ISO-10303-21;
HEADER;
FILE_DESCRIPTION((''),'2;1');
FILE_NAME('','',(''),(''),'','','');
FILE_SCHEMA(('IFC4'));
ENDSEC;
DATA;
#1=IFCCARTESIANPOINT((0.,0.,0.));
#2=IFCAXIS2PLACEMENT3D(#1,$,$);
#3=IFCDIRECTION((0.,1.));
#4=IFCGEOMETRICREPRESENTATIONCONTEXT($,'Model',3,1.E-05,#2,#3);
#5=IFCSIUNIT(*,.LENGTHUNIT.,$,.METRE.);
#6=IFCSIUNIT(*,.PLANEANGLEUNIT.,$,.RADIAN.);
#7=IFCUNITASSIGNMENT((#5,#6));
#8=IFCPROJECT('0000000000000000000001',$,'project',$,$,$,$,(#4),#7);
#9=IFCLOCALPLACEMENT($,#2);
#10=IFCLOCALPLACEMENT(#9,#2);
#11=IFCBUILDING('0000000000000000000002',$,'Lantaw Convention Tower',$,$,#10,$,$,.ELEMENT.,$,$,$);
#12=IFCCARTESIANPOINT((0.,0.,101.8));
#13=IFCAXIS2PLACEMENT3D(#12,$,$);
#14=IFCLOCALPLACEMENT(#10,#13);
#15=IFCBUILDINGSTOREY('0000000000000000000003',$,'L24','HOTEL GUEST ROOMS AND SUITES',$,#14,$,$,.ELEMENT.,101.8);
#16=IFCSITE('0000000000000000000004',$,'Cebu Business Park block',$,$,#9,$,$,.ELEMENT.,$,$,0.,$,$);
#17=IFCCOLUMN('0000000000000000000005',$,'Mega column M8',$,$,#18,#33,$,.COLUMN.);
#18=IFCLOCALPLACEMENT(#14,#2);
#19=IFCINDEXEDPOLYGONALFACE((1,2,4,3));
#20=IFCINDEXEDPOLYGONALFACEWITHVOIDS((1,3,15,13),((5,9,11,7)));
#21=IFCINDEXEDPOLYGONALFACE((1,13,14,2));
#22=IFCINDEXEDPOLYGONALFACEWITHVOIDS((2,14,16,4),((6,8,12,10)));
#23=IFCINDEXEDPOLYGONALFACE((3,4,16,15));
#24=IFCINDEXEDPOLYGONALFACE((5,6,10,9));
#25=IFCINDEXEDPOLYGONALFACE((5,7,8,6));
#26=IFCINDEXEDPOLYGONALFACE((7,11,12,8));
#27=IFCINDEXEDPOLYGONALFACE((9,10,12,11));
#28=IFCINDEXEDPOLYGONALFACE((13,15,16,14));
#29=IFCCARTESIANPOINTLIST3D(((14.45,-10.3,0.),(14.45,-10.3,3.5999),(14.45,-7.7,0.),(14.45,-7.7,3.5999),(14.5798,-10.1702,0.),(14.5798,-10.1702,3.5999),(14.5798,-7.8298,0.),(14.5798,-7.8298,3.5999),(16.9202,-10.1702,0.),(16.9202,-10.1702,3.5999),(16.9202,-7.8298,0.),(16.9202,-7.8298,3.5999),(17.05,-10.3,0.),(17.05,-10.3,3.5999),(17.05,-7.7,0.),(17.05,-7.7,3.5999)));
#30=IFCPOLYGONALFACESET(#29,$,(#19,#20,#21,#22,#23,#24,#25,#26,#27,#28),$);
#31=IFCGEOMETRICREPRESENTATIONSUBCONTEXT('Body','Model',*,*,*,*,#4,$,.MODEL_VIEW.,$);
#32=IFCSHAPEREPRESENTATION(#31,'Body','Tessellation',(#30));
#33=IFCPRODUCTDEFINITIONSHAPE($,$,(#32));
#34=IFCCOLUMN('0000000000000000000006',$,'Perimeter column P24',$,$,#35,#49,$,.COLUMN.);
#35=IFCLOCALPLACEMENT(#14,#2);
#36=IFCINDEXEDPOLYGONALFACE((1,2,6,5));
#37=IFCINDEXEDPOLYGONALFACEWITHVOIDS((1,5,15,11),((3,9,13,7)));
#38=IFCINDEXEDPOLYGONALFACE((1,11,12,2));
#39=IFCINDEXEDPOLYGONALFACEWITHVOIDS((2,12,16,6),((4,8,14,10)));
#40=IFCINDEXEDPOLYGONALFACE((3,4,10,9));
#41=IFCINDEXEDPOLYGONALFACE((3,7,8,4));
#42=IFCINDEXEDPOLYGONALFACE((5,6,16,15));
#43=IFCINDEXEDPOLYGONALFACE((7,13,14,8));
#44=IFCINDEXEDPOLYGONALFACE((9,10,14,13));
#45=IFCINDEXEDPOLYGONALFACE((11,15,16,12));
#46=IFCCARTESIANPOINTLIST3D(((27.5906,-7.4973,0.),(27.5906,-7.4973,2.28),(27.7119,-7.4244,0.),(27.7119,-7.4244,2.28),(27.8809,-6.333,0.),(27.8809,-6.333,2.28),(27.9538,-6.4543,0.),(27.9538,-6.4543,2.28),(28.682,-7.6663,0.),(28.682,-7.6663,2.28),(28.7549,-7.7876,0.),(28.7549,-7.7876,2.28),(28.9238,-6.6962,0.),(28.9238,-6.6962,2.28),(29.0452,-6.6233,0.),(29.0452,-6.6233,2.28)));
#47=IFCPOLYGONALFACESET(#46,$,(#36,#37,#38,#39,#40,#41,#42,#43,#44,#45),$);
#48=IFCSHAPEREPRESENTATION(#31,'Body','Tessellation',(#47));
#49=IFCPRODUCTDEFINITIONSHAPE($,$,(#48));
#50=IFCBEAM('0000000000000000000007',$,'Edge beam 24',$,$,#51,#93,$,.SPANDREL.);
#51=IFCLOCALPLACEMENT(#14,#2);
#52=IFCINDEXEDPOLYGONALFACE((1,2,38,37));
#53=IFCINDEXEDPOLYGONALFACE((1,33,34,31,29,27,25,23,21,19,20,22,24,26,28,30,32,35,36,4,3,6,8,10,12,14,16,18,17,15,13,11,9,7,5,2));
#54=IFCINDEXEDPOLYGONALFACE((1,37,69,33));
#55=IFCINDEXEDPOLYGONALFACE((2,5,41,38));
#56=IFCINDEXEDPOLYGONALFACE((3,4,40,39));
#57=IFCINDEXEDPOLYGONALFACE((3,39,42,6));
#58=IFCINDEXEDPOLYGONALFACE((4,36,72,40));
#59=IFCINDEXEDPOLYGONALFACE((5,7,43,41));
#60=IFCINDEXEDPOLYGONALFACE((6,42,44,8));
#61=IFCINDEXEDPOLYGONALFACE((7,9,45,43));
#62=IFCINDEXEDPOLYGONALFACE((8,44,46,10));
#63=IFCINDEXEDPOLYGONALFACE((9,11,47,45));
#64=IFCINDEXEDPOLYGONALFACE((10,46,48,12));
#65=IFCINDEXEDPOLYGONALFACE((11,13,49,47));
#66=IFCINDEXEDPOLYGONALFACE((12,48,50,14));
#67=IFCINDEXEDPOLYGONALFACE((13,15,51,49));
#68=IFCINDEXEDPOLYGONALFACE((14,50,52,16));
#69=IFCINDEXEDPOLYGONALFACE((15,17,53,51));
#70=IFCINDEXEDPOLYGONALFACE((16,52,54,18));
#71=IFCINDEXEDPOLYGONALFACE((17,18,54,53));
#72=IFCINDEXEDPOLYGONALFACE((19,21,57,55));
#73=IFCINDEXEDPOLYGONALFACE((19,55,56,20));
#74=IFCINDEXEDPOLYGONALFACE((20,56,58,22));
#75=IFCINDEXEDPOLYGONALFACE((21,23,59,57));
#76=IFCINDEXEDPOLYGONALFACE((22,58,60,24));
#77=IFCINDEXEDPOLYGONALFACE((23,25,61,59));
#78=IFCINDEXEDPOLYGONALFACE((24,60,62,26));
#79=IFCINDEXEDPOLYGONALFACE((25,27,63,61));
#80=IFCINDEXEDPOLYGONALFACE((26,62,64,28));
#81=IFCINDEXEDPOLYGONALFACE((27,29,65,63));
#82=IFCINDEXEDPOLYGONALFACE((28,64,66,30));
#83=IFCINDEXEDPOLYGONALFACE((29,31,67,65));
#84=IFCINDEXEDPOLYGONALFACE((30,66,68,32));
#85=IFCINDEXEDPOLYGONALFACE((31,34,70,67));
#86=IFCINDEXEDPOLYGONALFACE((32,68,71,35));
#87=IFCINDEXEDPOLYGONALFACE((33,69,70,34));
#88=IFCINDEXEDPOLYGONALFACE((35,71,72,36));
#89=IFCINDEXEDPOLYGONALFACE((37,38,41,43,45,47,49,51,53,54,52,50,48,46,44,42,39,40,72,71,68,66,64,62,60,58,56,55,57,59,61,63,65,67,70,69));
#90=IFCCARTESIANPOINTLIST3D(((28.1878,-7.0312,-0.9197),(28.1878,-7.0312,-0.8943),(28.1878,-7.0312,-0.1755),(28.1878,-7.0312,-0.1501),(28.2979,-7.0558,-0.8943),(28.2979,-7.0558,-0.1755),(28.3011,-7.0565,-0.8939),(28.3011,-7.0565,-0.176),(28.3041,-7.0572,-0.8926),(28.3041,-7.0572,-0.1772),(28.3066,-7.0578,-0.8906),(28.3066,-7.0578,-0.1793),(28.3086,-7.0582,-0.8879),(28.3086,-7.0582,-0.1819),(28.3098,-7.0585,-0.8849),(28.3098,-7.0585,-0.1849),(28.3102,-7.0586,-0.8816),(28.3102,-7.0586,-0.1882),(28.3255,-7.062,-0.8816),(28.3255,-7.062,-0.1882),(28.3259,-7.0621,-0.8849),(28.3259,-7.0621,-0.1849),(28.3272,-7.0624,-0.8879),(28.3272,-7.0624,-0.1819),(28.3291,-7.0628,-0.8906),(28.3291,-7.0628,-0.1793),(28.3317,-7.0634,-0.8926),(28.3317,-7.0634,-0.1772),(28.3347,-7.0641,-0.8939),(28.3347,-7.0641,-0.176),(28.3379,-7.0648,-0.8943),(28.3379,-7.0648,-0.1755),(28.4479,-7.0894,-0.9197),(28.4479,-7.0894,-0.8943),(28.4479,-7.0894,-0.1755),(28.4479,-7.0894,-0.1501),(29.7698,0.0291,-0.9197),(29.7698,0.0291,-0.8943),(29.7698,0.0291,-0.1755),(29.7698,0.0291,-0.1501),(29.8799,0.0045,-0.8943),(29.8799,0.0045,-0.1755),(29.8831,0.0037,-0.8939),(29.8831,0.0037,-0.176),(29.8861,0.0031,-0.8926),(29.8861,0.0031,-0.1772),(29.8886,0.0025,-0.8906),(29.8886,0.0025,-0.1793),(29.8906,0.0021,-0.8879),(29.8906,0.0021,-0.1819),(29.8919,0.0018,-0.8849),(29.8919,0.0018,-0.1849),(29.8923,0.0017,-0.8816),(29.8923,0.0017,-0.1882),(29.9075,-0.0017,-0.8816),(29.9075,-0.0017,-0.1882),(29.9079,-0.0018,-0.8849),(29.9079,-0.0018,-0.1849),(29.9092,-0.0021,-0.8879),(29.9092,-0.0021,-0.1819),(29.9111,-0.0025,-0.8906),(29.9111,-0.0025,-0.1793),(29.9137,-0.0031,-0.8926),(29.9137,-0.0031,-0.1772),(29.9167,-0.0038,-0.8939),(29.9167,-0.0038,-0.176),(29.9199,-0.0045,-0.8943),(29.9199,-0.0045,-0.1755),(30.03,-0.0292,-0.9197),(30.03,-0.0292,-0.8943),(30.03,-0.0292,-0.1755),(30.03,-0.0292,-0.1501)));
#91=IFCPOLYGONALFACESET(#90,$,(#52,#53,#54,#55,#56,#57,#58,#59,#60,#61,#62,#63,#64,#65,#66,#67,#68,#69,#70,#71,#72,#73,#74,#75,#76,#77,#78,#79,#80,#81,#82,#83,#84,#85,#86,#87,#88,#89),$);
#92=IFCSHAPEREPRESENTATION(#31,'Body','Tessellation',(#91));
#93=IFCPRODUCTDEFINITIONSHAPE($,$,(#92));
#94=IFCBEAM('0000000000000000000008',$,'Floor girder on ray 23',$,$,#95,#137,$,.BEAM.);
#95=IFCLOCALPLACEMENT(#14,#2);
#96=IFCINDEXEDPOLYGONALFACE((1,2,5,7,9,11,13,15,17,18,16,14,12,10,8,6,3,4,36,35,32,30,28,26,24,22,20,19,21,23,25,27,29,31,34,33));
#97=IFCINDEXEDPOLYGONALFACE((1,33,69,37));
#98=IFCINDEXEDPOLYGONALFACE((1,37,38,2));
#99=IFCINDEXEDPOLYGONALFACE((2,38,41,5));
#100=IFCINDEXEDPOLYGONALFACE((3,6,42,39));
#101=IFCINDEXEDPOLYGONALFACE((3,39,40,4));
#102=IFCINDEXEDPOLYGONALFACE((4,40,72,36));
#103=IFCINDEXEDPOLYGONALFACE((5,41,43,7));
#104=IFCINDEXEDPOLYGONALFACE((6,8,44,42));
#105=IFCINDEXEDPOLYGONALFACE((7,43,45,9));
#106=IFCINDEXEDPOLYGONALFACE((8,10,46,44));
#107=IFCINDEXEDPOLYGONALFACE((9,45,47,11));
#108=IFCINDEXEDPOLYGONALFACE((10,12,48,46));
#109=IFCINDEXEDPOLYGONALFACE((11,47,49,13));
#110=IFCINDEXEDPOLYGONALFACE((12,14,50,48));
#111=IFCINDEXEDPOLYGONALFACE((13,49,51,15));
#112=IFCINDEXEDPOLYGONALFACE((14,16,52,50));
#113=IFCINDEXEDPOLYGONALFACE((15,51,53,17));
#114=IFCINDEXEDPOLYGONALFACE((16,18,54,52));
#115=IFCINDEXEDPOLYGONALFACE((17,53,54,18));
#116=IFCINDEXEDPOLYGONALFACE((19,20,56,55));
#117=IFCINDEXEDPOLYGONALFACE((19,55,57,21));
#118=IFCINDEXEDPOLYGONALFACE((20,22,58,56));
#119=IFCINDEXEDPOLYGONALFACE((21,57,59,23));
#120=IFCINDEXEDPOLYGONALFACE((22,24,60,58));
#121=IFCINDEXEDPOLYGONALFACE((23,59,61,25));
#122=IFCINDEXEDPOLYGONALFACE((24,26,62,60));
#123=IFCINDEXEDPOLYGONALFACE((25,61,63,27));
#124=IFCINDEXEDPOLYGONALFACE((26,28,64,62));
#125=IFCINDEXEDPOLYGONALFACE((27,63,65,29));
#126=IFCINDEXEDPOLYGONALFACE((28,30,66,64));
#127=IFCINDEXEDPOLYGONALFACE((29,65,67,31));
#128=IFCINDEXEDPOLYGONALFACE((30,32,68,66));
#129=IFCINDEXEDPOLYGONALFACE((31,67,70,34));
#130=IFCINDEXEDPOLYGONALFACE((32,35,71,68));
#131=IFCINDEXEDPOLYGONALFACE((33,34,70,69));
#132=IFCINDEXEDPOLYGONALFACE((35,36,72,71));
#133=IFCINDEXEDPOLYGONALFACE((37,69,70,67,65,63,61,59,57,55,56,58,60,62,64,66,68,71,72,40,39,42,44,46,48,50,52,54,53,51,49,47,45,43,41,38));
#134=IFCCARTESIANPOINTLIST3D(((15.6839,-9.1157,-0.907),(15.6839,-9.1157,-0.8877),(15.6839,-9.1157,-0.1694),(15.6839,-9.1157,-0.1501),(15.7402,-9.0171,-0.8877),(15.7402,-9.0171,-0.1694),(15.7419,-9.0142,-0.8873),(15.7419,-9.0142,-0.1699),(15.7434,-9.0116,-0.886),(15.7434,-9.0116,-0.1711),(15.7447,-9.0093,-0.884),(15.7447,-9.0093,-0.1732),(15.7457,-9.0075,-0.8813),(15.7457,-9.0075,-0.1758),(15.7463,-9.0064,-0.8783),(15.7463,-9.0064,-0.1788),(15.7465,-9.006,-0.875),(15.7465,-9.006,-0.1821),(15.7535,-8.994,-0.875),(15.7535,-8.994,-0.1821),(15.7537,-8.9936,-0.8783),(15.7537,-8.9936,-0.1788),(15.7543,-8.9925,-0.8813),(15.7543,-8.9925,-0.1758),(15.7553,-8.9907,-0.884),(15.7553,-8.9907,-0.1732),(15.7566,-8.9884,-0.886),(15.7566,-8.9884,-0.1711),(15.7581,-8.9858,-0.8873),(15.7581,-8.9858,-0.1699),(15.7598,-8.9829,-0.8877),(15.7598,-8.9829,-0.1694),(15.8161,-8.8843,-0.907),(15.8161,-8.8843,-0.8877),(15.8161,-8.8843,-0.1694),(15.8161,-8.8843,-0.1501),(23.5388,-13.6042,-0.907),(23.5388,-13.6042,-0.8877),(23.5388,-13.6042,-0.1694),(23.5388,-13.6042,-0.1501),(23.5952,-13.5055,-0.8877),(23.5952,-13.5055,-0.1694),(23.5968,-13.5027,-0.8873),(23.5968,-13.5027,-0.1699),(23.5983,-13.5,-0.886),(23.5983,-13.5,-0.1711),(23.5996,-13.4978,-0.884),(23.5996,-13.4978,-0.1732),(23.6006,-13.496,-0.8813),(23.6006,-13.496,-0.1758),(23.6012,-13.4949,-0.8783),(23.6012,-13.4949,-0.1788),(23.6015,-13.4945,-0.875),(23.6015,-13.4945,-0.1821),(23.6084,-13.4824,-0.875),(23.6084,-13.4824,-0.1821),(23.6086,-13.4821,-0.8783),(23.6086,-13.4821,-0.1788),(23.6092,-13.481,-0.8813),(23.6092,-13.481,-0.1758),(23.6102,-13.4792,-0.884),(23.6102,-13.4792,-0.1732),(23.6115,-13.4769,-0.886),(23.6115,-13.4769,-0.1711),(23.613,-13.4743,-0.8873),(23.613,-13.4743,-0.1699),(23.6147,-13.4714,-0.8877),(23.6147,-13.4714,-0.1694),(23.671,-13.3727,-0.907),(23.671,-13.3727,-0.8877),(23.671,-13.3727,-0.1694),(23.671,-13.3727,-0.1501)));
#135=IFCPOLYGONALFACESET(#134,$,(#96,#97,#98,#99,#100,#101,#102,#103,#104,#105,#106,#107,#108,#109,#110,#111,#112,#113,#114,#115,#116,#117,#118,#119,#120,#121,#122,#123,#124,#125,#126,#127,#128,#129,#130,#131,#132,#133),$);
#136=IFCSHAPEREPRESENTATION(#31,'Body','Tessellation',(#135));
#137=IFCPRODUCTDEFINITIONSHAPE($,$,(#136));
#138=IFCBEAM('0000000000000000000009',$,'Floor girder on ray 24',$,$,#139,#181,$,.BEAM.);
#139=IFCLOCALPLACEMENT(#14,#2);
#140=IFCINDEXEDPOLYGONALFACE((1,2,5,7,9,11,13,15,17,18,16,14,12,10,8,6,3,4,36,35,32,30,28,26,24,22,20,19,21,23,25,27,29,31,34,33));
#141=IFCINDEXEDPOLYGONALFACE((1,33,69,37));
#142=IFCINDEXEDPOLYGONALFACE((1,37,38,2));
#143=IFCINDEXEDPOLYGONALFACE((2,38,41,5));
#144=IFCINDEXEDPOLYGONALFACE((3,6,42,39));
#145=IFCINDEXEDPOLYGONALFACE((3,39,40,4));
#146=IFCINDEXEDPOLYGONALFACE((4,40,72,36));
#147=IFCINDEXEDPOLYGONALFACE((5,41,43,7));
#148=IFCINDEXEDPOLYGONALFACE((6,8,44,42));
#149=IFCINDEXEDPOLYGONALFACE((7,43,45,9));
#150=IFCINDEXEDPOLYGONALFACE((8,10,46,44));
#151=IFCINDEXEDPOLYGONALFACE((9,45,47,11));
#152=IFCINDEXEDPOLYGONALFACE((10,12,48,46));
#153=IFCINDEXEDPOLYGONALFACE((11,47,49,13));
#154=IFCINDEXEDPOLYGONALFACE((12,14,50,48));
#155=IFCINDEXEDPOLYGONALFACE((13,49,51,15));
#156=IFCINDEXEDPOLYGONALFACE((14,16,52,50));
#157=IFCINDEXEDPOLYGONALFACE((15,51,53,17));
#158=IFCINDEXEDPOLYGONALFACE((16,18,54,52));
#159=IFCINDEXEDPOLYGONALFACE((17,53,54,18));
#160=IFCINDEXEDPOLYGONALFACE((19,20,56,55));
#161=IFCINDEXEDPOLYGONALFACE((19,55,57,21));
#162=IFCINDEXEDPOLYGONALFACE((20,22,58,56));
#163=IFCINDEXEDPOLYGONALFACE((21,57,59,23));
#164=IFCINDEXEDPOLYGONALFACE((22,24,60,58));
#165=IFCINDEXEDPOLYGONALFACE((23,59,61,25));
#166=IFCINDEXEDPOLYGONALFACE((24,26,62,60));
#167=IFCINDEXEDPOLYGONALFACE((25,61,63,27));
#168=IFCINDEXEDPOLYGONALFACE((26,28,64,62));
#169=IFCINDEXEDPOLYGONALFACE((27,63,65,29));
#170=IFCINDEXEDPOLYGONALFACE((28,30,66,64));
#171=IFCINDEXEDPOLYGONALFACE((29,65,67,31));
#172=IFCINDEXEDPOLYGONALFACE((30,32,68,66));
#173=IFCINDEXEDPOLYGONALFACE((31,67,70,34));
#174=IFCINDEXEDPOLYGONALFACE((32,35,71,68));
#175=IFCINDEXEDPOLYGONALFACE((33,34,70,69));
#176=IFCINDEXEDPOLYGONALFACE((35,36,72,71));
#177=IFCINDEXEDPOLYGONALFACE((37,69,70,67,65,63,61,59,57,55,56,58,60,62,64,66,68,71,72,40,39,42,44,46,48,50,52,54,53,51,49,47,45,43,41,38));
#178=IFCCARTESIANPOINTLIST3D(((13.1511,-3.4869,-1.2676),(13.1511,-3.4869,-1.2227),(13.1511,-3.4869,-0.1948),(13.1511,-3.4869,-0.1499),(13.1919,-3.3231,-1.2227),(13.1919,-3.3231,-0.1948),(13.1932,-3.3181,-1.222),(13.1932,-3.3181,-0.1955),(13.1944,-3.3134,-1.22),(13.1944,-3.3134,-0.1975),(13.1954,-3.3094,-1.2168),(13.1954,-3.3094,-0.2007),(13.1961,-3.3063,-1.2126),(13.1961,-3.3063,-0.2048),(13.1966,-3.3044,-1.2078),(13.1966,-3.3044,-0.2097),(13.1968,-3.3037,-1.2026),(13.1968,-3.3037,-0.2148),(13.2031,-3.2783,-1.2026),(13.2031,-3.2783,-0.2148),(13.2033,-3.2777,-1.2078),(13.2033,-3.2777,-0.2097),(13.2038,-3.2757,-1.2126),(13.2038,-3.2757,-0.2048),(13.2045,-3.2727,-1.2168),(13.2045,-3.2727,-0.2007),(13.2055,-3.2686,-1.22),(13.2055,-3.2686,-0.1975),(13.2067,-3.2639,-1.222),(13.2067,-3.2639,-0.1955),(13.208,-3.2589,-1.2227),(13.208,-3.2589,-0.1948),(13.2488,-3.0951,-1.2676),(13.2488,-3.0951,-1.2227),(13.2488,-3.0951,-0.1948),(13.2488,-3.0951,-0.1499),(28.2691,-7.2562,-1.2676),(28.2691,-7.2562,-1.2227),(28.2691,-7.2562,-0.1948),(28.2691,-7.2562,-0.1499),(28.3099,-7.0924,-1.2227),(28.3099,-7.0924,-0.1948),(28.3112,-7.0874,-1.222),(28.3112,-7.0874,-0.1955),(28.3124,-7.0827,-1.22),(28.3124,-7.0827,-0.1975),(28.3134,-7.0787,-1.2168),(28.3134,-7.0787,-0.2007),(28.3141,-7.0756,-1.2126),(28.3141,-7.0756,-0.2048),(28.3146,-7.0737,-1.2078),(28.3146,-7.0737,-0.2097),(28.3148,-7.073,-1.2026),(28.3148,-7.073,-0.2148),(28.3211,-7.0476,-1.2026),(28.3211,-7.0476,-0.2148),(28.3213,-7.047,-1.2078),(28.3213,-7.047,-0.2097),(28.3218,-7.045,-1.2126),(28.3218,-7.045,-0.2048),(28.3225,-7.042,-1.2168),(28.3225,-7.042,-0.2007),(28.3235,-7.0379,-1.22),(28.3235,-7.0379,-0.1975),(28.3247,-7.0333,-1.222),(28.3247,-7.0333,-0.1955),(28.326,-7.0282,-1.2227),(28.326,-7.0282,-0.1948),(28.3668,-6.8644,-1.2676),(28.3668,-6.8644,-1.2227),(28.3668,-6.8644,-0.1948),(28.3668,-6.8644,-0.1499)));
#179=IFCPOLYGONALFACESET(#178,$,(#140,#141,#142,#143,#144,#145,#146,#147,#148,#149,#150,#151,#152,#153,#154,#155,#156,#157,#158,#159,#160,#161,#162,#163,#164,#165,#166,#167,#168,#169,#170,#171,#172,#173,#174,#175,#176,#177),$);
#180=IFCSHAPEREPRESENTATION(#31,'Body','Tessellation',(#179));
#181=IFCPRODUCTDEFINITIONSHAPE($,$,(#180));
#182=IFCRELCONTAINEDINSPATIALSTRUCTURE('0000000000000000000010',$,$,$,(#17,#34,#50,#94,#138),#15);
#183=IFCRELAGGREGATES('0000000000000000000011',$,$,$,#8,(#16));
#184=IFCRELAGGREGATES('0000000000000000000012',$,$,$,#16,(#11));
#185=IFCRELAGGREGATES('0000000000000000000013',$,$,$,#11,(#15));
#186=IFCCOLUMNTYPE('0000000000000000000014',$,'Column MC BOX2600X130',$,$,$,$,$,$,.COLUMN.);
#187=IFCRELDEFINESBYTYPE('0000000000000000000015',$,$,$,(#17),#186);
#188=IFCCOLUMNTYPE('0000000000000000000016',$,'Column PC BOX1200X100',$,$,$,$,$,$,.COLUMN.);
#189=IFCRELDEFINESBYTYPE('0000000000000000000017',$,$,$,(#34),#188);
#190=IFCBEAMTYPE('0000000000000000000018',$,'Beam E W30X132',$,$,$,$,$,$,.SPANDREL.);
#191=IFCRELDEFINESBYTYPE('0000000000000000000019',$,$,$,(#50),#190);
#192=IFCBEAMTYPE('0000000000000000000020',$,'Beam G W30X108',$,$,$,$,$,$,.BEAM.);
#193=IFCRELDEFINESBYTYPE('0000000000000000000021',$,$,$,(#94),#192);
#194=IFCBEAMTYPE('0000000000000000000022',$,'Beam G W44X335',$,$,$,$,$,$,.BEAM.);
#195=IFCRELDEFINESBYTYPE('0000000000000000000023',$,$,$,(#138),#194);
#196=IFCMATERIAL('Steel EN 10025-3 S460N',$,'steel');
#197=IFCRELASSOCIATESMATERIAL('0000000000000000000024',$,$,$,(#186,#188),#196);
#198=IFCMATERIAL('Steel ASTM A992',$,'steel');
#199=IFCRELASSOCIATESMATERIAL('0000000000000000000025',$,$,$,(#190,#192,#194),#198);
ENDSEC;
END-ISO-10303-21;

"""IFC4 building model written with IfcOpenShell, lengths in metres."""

from ifc_helpers import new_model, si_unit, direction, frame, origin, origin_2d, place, context, subcontext, project, spatial, rectangle, hollow_rectangle, i_section, extrude, material, material_profile, profile_set, type_object, element, save


model = new_model("IFC4")

# Units and contexts
model_context = context("Model", 3, precision=1e-05, world=origin(), true_north=direction((0.0, 1.0)))
body_context = subcontext(model_context, "Body", "Model", "MODEL_VIEW")
ifc_project = project(units=[si_unit("LENGTHUNIT", "METRE"), si_unit("PLANEANGLEUNIT", "RADIAN")], contexts=[model_context])

# Site, building, storey
site_placement = place(None, origin())
site = spatial("IfcSite", under=ifc_project, at=site_placement, Name="Cebu Business Park block", CompositionType="ELEMENT", RefElevation=0.0)
building_placement = place(site_placement, origin())
building = spatial("IfcBuilding", under=site, at=building_placement, Name="Lantaw Convention Tower", CompositionType="ELEMENT")
storey_placement = place(building_placement, frame((0.0, 0.0, 101.8)))
storey = spatial("IfcBuildingStorey", under=building, at=storey_placement, Name="L24", Description="HOTEL GUEST ROOMS AND SUITES", CompositionType="ELEMENT", Elevation=101.8)

# Columns
ifc_material_1 = material(Name="Steel EN 10025-3 S460N", Category="steel")
ifc_material_profile_1 = material_profile(ifc_material_1, hollow_rectangle(XDim=2.6001, YDim=2.6001, WallThickness=0.1299, at=origin_2d()), Name="BOX2600X130")
ifc_material_2 = material(Name="Concrete C60/75", Category="concrete")
ifc_material_profile_2 = material_profile(ifc_material_2, rectangle(XDim=2.3401, YDim=2.3401, at=origin_2d()), Name="Concrete fill of BOX2600X130")
ifc_profile_set_1 = profile_set([ifc_material_profile_1, ifc_material_profile_2], Name="Steel EN 10025-3 S460N")
column_type_1 = type_object("IfcColumnType", Name="Column MC BOX2600X130", PredefinedType="COLUMN", material=ifc_profile_set_1)
column_1_placement = place(storey_placement, frame((15.75, -9.0, 0.0), z_axis=(0.0, 0.0, 1.0), x_axis=(1.0, 0.0, 0.0)))
element("IfcColumn", 1, at=column_1_placement, inside=storey, type_object=column_type_1, Name="Mega column M8", PredefinedType="COLUMN", context=body_context, shape_type="SweptSolid", body=[
    extrude(hollow_rectangle(XDim=2.6001, YDim=2.6001, WallThickness=0.1299, at=origin_2d()), origin(), (0.0, 0.0, 1.0), 3.5999),
])
ifc_material_profile_3 = material_profile(ifc_material_1, hollow_rectangle(XDim=1.2, YDim=1.2, WallThickness=0.1001, at=origin_2d()), Name="BOX1200X100")
ifc_material_profile_4 = material_profile(ifc_material_2, rectangle(XDim=1.0, YDim=1.0, at=origin_2d()), Name="Concrete fill of BOX1200X100")
ifc_profile_set_2 = profile_set([ifc_material_profile_3, ifc_material_profile_4], Name="Steel EN 10025-3 S460N")
column_type_2 = type_object("IfcColumnType", Name="Column PC BOX1200X100", PredefinedType="COLUMN", material=ifc_profile_set_2)
column_2_placement = place(storey_placement, frame((28.3179, -7.0603, 0.0), z_axis=(0.0, 0.0, 1.0), x_axis=(0.241922, 0.970296, 0.0)))
element("IfcColumn", 2, at=column_2_placement, inside=storey, type_object=column_type_2, Name="Perimeter column P24", PredefinedType="COLUMN", context=body_context, shape_type="SweptSolid", body=[
    extrude(hollow_rectangle(XDim=1.2, YDim=1.2, WallThickness=0.1001, at=origin_2d()), origin(), (0.0, 0.0, 1.0), 2.28),
])

# Beams
ifc_material_3 = material(Name="Steel ASTM A992", Category="steel")
ifc_material_profile_5 = material_profile(ifc_material_3, i_section(OverallWidth=0.2666, OverallDepth=0.7695, WebThickness=0.0156, FlangeThickness=0.0254, FilletRadius=0.0127, at=origin_2d()), Name="W30X132")
ifc_profile_set_3 = profile_set([ifc_material_profile_5], Name="Steel ASTM A992")
beam_type_1 = type_object("IfcBeamType", Name="Beam E W30X132", PredefinedType="SPANDREL", material=ifc_profile_set_3)
beam_1_placement = place(storey_placement, frame((28.3179, -7.0603, -0.5349), z_axis=(0.218652, 0.975803, 0.0), x_axis=(-0.975803, 0.218652, 0.0)))
element("IfcBeam", 3, at=beam_1_placement, inside=storey, type_object=beam_type_1, Name="Edge beam 24", PredefinedType="SPANDREL", context=body_context, shape_type="SweptSolid", body=[
    extrude(i_section(OverallWidth=0.2666, OverallDepth=0.7695, WebThickness=0.0156, FlangeThickness=0.0254, FilletRadius=0.0127, at=origin_2d()), origin(), (0.0, 0.0, 1.0), 7.2354),
])
ifc_material_profile_6 = material_profile(ifc_material_3, i_section(OverallWidth=0.2666, OverallDepth=0.7568, WebThickness=0.0139, FlangeThickness=0.0193, FilletRadius=0.0127, at=origin_2d()), Name="W30X108")
ifc_profile_set_4 = profile_set([ifc_material_profile_6], Name="Steel ASTM A992")
beam_type_2 = type_object("IfcBeamType", Name="Beam G W30X108", PredefinedType="BEAM", material=ifc_profile_set_4)
beam_2_placement = place(storey_placement, frame((15.75, -9.0, -0.5286), z_axis=(0.868245, -0.496136, 0.0), x_axis=(0.496136, 0.868245, 0.0)))
element("IfcBeam", 4, at=beam_2_placement, inside=storey, type_object=beam_type_2, Name="Floor girder on ray 23", PredefinedType="BEAM", context=body_context, shape_type="SweptSolid", body=[
    extrude(i_section(OverallWidth=0.2666, OverallDepth=0.7568, WebThickness=0.0139, FlangeThickness=0.0193, FilletRadius=0.0127, at=origin_2d()), origin(), (0.0, 0.0, 1.0), 9.0469),
])
ifc_material_profile_7 = material_profile(ifc_material_3, i_section(OverallWidth=0.4038, OverallDepth=1.1177, WebThickness=0.0261, FlangeThickness=0.0449, FilletRadius=0.02, at=origin_2d()), Name="W44X335")
ifc_profile_set_5 = profile_set([ifc_material_profile_7], Name="Steel ASTM A992")
beam_type_3 = type_object("IfcBeamType", Name="Beam G W44X335", PredefinedType="BEAM", material=ifc_profile_set_5)
beam_3_placement = place(storey_placement, frame((13.2, -3.291, -0.7087), z_axis=(0.970296, -0.24192, 0.0), x_axis=(0.24192, 0.970296, 0.0)))
element("IfcBeam", 5, at=beam_3_placement, inside=storey, type_object=beam_type_3, Name="Floor girder on ray 24", PredefinedType="BEAM", context=body_context, shape_type="SweptSolid", body=[
    extrude(i_section(OverallWidth=0.4038, OverallDepth=1.1177, WebThickness=0.0261, FlangeThickness=0.0449, FilletRadius=0.02, at=origin_2d()), origin(), (0.0, 0.0, 1.0), 15.5808),
])

save(model, "model.ifc")
